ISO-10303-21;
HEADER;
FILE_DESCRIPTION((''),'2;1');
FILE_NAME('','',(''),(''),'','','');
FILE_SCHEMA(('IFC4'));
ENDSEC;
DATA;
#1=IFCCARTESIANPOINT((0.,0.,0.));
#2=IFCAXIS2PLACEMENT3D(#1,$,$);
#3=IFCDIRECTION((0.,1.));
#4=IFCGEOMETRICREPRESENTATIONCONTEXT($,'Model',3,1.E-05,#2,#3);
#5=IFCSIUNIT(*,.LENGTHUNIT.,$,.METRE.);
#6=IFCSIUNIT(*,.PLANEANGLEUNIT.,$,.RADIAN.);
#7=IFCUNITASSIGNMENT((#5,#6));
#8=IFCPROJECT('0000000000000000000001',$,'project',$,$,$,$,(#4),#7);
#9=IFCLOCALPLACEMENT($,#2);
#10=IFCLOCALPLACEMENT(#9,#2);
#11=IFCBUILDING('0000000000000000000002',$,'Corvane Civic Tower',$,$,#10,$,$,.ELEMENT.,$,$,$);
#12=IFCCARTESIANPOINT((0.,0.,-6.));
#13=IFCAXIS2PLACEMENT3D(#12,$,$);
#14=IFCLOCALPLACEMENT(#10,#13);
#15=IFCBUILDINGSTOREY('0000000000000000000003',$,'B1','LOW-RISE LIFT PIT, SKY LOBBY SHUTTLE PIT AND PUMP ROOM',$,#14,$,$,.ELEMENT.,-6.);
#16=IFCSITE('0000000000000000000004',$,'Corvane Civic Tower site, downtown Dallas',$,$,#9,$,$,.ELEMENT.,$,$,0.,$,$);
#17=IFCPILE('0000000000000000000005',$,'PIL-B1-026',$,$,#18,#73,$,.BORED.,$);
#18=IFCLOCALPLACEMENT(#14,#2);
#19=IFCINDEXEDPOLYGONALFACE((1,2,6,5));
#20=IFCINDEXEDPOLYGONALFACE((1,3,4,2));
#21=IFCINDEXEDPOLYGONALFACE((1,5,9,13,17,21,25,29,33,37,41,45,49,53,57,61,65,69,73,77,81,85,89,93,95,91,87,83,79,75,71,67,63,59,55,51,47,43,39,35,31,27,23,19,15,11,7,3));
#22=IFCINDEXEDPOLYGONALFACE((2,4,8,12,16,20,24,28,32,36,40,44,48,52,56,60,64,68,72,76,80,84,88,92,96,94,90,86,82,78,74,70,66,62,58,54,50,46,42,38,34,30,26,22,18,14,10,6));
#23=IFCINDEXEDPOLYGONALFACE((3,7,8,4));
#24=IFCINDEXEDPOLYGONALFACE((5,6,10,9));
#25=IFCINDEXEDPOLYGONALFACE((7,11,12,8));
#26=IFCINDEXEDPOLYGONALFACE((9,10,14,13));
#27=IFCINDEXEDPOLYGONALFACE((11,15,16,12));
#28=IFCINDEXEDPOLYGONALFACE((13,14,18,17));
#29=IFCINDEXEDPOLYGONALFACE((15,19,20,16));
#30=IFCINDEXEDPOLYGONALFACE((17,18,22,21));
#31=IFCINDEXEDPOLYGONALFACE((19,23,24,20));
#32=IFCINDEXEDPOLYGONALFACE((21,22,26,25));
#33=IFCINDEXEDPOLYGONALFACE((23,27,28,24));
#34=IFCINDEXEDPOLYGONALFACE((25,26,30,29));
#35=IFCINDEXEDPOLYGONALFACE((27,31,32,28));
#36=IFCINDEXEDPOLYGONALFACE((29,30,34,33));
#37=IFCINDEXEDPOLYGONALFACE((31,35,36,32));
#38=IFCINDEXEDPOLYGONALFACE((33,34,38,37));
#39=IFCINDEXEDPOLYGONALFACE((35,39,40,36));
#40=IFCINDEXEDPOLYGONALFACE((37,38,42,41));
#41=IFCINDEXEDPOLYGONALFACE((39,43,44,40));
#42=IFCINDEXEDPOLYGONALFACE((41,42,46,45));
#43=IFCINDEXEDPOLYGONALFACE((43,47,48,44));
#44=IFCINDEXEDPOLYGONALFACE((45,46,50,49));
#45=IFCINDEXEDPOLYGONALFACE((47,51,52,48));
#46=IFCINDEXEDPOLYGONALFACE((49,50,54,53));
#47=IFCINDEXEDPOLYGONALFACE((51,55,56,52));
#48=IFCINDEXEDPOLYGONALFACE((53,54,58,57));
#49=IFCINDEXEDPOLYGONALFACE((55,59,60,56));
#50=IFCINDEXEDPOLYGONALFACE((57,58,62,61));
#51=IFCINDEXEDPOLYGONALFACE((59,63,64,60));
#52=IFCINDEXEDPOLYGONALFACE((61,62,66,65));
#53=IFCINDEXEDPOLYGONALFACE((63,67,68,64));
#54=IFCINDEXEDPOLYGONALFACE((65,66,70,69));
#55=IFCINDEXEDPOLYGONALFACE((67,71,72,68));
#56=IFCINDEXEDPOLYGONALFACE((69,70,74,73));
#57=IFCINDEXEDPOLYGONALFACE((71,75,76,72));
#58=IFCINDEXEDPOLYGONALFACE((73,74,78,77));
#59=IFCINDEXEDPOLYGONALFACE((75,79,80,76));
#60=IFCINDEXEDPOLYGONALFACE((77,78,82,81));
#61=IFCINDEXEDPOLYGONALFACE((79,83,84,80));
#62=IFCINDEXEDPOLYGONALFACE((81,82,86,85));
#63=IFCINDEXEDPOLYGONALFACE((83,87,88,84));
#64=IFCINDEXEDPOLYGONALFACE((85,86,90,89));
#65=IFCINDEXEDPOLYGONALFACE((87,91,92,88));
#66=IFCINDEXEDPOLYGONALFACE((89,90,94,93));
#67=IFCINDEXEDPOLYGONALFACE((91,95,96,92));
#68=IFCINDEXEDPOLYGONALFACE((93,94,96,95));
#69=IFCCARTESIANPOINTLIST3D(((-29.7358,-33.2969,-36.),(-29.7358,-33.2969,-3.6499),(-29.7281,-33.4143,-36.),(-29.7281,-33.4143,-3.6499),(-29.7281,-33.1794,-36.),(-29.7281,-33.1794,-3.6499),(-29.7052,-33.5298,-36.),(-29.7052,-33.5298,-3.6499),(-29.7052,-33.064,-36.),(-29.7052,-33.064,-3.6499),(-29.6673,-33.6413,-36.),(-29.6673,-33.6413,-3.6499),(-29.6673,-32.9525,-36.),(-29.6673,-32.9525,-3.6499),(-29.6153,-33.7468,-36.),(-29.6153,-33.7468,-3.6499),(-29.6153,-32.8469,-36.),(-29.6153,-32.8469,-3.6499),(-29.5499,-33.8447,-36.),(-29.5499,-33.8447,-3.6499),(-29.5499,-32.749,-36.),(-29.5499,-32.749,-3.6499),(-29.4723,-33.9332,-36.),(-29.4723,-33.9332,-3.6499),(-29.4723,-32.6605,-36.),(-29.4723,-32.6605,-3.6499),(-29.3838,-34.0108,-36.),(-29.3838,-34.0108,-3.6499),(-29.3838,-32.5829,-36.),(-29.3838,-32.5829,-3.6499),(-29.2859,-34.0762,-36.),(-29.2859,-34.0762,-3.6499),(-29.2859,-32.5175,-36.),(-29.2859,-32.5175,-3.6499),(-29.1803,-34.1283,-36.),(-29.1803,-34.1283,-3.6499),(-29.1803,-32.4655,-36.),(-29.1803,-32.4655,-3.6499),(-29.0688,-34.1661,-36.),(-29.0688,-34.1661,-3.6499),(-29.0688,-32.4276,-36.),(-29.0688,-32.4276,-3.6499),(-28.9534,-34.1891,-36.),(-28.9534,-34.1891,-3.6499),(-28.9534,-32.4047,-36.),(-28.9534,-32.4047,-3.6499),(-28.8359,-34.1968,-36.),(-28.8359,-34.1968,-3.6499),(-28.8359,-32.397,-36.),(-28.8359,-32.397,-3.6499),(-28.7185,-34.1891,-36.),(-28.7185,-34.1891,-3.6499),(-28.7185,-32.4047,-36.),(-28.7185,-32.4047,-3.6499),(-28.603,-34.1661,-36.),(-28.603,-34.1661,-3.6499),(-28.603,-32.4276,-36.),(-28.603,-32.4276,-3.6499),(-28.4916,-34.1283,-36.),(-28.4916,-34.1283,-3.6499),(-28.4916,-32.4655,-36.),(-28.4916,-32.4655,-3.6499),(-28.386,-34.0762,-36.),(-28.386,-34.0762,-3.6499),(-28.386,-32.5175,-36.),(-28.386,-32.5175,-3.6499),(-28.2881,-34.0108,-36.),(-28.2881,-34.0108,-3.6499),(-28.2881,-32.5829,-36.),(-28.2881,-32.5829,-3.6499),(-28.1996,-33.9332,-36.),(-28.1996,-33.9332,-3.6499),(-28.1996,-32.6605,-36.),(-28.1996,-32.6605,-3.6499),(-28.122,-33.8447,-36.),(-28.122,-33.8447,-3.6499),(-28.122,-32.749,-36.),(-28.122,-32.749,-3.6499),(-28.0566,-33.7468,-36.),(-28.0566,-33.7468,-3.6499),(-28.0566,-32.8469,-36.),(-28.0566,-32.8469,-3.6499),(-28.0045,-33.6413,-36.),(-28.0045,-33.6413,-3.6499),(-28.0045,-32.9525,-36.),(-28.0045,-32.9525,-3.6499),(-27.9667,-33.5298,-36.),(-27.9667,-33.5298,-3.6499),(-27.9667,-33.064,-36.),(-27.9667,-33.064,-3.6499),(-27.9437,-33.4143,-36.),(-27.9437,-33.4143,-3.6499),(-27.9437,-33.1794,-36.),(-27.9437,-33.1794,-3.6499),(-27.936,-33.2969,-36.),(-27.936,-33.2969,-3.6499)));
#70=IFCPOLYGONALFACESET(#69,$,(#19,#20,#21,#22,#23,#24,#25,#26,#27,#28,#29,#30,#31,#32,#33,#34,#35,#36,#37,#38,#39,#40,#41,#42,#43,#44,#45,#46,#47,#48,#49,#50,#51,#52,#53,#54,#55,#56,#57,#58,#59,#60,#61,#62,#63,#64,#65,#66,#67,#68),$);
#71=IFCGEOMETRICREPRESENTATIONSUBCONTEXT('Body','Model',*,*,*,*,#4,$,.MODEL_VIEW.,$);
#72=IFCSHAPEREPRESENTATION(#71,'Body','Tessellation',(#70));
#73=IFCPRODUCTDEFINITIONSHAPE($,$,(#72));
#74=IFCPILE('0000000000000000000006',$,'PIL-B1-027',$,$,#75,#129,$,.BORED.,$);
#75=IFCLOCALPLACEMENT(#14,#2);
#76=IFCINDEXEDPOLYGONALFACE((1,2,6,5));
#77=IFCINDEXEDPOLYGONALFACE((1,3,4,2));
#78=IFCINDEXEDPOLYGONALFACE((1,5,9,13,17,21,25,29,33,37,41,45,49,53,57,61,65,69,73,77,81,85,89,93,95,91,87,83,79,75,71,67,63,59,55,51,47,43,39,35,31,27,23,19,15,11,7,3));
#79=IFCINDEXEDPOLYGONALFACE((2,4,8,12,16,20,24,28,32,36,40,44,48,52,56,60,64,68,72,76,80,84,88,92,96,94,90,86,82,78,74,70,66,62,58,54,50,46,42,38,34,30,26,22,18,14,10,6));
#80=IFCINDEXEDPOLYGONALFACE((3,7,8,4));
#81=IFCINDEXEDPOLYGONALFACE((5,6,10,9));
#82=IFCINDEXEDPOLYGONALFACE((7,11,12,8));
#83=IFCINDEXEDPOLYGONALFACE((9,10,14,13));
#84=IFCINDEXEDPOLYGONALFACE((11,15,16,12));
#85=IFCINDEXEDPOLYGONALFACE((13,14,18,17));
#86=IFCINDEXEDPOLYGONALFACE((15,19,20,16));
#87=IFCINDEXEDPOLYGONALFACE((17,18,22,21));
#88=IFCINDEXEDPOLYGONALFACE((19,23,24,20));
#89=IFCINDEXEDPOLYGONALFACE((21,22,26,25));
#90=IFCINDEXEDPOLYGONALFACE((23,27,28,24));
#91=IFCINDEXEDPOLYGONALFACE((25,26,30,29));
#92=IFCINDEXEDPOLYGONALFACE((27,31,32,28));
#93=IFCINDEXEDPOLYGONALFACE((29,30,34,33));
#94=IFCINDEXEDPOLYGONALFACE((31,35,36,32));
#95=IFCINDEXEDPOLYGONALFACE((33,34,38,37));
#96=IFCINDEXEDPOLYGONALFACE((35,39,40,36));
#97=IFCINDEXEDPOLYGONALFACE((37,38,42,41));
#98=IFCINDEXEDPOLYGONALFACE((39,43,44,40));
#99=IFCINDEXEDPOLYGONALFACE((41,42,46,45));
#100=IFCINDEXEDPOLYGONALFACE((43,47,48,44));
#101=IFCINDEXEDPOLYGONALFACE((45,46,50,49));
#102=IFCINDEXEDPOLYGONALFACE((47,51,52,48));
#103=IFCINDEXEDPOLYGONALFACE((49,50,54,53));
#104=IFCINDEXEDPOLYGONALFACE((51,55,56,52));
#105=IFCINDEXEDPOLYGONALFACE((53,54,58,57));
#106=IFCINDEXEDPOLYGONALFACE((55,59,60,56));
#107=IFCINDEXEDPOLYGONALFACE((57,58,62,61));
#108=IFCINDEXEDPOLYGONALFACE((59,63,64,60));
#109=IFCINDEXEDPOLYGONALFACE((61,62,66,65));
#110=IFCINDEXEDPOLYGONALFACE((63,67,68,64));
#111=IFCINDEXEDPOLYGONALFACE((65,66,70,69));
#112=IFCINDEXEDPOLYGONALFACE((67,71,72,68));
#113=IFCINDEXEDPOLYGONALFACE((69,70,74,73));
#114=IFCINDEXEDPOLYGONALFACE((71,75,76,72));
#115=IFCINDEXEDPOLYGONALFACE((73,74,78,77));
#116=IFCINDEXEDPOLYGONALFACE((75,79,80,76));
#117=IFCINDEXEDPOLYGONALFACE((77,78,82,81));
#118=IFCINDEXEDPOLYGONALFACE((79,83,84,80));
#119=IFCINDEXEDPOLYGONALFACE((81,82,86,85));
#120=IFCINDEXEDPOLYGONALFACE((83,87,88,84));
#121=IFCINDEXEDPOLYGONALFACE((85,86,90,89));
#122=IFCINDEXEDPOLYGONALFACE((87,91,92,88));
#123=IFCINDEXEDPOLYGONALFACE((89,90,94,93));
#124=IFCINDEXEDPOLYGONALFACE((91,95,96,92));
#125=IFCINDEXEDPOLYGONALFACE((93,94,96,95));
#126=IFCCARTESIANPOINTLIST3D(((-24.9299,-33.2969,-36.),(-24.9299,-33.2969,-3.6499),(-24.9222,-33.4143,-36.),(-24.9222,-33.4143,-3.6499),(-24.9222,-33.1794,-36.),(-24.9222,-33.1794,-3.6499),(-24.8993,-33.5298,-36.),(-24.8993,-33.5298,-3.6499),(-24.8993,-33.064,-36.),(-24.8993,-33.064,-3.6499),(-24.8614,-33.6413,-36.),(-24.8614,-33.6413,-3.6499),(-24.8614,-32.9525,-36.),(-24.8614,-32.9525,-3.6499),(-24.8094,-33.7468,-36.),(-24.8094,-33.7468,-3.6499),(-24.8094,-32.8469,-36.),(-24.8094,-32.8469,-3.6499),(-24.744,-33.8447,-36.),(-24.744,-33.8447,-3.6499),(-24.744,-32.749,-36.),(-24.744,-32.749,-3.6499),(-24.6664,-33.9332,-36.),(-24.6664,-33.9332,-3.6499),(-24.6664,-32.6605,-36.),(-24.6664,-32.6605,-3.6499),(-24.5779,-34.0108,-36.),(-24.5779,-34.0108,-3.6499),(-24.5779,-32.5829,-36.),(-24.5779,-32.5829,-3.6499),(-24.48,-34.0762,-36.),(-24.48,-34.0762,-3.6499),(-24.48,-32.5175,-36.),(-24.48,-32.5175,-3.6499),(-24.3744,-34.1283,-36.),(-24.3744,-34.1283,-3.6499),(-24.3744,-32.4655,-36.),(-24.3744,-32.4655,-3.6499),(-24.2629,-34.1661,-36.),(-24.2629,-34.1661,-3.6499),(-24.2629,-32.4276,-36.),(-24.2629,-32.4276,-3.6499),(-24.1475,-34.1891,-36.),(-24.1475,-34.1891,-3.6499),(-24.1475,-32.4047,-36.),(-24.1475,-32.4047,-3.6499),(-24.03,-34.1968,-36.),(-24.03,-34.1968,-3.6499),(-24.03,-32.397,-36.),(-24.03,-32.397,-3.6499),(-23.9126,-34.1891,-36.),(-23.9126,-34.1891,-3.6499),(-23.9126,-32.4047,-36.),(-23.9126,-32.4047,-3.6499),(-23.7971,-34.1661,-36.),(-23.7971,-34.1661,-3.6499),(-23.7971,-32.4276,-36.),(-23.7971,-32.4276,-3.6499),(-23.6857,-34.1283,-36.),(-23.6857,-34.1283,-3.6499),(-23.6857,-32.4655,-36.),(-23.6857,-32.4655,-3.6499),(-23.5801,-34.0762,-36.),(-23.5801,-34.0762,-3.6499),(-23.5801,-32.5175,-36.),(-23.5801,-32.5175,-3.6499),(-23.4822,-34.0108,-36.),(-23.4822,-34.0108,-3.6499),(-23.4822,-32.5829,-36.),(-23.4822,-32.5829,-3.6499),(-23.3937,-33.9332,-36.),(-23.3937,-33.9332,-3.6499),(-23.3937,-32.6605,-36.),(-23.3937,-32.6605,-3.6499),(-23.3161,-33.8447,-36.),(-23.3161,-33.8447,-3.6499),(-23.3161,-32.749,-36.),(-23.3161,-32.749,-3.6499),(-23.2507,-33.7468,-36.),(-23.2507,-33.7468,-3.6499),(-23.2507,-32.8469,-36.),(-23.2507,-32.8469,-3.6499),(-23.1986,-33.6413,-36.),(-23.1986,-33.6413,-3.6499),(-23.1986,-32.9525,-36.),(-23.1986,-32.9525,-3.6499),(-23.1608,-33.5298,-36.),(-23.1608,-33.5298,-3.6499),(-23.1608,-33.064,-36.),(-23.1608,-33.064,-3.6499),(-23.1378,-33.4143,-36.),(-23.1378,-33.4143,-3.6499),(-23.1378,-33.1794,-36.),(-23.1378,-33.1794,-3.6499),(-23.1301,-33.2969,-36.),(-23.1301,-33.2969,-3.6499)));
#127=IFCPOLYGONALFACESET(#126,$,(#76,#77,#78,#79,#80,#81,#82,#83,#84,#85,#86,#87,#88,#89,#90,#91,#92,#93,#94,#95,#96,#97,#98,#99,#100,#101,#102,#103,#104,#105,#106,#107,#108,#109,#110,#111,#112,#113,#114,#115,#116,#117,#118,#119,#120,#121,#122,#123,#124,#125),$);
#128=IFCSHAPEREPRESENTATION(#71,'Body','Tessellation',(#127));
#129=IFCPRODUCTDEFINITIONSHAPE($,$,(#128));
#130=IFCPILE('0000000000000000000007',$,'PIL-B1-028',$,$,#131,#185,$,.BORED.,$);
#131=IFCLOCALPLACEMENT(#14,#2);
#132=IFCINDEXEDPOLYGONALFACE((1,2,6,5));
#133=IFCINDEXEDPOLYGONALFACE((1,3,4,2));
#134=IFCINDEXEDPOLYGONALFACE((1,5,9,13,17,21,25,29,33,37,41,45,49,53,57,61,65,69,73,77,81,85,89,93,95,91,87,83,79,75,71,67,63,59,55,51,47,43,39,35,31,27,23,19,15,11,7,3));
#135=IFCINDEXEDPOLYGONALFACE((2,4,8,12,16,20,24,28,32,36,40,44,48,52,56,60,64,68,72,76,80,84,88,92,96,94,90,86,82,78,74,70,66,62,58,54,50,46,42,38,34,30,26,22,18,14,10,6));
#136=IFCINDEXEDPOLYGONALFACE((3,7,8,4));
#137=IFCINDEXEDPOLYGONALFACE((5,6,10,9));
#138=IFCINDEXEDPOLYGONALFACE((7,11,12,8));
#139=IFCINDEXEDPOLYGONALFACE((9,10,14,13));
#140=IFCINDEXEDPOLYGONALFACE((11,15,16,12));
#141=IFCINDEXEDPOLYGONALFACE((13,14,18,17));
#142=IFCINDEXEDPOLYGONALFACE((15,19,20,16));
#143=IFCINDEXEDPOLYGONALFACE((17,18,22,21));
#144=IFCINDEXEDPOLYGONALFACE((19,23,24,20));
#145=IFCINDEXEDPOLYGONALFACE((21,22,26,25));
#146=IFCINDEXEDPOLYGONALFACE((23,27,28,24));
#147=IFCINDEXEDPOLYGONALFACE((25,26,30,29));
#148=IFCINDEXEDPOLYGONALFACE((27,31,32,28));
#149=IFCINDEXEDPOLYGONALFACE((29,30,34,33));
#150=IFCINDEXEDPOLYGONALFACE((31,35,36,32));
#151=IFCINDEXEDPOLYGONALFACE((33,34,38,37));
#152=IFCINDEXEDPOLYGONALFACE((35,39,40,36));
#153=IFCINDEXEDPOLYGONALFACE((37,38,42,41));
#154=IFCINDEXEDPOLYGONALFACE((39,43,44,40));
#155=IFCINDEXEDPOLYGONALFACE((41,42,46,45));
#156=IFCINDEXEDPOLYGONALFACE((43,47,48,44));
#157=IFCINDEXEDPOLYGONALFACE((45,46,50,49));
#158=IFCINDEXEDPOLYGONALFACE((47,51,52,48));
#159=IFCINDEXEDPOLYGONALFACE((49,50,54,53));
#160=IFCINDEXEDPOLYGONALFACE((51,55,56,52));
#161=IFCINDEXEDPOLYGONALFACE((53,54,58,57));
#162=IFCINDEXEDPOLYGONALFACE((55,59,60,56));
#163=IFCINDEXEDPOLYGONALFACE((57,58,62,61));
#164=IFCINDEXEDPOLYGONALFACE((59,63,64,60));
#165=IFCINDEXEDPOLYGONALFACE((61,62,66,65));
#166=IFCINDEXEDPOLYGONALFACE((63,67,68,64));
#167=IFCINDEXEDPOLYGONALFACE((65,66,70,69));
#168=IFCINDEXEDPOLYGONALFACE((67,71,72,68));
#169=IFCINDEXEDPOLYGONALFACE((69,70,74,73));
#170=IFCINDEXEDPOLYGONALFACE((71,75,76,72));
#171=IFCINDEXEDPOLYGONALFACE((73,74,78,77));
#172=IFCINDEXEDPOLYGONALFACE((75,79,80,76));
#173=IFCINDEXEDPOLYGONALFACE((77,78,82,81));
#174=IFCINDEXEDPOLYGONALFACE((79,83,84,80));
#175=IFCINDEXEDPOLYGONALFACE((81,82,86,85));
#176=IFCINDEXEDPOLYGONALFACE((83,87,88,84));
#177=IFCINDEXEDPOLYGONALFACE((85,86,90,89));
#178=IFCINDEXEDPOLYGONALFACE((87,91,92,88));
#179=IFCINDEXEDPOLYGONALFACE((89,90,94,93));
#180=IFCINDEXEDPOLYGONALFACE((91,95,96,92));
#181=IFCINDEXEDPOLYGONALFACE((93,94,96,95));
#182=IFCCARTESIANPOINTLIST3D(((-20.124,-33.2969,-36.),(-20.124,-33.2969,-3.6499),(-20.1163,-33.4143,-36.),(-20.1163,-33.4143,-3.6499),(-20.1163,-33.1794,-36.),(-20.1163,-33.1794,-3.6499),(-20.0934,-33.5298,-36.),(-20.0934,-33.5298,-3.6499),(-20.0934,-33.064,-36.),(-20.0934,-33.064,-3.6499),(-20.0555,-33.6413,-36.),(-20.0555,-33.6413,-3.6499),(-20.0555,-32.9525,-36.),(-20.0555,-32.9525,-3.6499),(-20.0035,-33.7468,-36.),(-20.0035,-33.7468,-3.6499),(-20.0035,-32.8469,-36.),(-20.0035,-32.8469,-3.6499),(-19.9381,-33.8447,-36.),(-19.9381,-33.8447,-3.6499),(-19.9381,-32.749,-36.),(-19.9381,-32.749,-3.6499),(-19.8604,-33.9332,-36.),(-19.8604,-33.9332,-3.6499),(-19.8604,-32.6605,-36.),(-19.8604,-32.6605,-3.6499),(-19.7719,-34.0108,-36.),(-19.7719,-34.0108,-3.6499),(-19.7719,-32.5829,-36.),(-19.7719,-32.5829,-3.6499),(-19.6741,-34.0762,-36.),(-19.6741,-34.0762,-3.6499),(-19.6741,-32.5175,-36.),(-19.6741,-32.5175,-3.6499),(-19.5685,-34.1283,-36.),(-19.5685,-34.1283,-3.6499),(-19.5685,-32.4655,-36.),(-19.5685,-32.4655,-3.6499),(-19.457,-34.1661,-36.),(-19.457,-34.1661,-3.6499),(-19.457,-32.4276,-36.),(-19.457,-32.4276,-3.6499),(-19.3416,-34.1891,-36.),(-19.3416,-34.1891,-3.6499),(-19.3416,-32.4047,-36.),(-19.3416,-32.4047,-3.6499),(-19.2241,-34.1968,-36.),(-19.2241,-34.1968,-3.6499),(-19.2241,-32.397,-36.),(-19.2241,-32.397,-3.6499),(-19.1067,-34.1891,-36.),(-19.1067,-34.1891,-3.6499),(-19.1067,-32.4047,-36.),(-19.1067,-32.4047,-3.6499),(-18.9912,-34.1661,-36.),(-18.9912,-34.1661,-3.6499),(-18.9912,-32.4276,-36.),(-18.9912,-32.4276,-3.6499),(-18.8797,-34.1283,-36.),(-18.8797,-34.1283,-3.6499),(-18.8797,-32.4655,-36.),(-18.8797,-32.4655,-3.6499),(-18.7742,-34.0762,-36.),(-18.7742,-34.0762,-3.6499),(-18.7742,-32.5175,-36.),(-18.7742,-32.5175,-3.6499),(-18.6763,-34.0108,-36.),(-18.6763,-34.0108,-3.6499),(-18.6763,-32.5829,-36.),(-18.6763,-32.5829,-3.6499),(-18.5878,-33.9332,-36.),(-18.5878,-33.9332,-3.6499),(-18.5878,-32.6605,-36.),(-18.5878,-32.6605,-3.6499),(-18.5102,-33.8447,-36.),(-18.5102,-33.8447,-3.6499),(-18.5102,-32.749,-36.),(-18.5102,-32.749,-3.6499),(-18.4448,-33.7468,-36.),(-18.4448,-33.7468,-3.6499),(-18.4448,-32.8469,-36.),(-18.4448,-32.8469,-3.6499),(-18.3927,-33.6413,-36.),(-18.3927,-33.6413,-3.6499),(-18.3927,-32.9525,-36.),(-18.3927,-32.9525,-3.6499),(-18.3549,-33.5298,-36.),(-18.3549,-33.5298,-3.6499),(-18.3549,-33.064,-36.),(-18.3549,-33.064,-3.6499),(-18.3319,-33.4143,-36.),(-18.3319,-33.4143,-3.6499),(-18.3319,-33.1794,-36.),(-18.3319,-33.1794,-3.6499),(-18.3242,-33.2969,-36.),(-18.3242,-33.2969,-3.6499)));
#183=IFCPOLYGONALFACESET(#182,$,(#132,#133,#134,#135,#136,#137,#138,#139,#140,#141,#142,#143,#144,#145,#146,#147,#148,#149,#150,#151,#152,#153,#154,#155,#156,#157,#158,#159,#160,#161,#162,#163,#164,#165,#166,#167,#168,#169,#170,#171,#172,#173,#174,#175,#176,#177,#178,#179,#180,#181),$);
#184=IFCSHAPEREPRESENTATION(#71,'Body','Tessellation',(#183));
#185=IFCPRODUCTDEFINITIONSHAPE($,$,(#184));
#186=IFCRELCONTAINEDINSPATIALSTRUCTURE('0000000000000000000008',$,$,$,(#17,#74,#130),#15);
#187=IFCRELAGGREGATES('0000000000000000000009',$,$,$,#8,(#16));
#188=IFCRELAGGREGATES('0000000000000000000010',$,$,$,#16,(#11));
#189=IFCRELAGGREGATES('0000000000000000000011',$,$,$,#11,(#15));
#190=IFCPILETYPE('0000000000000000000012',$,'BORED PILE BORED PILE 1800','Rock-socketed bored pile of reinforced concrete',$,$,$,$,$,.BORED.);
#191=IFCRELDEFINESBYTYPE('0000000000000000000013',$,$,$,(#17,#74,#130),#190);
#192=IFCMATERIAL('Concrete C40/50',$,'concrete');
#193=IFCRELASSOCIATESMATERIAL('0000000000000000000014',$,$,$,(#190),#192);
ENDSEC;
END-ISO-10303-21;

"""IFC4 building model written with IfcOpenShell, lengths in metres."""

from ifc_helpers import new_model, si_unit, direction, frame, origin, origin_2d, place, context, subcontext, project, spatial, circle, extrude, material, material_profile, profile_set, type_object, element, save


model = new_model("IFC4")

# Units and contexts
model_context = context("Model", 3, precision=1e-05, world=origin(), true_north=direction((0.0, 1.0)))
body_context = subcontext(model_context, "Body", "Model", "MODEL_VIEW")
ifc_project = project(units=[si_unit("LENGTHUNIT", "METRE"), si_unit("PLANEANGLEUNIT", "RADIAN")], contexts=[model_context])

# Site, building, storey
site_placement = place(None, origin())
site = spatial("IfcSite", under=ifc_project, at=site_placement, Name="Corvane Civic Tower site, downtown Dallas", CompositionType="ELEMENT", RefElevation=0.0)
building_placement = place(site_placement, origin())
building = spatial("IfcBuilding", under=site, at=building_placement, Name="Corvane Civic Tower", CompositionType="ELEMENT")
storey_placement = place(building_placement, frame((0.0, 0.0, -6.0)))
storey = spatial("IfcBuildingStorey", under=building, at=storey_placement, Name="B1", Description="LOW-RISE LIFT PIT, SKY LOBBY SHUTTLE PIT AND PUMP ROOM", CompositionType="ELEMENT", Elevation=-6.0)

# Piles
ifc_material_1 = material(Name="Concrete C40/50", Category="concrete")
ifc_material_profile_1 = material_profile(ifc_material_1, circle(Radius=0.8999, at=origin_2d()), Name="BORED PILE 1800")
ifc_profile_set_1 = profile_set([ifc_material_profile_1], Name="Concrete C40/50")
pile_type_1 = type_object("IfcPileType", Name="BORED PILE BORED PILE 1800", Description="Rock-socketed bored pile of reinforced concrete", PredefinedType="BORED", material=ifc_profile_set_1)
for number, where, z_axis, x_axis, name in (
    (1, (-28.8359, -33.2969, -3.6499), (0.0, 0.0, -1.0), (1.0, 0.0, 0.0), "PIL-B1-026"),
    (2, (-24.03, -33.2969, -3.6499), (0.0, 0.0, -1.0), (1.0, 0.0, 0.0), "PIL-B1-027"),
    (3, (-19.2241, -33.2969, -3.6499), (0.0, 0.0, -1.0), (1.0, 0.0, 0.0), "PIL-B1-028"),
):
    element("IfcPile", number, at=place(storey_placement, frame(where, z_axis=z_axis, x_axis=x_axis)), inside=storey, type_object=pile_type_1, Name=name, PredefinedType="BORED", context=body_context, shape_type="SweptSolid", body=[
        extrude(circle(Radius=0.8999, at=origin_2d()), origin(), (0.0, 0.0, 1.0), 32.3501),
    ])

save(model, "model.ifc")
